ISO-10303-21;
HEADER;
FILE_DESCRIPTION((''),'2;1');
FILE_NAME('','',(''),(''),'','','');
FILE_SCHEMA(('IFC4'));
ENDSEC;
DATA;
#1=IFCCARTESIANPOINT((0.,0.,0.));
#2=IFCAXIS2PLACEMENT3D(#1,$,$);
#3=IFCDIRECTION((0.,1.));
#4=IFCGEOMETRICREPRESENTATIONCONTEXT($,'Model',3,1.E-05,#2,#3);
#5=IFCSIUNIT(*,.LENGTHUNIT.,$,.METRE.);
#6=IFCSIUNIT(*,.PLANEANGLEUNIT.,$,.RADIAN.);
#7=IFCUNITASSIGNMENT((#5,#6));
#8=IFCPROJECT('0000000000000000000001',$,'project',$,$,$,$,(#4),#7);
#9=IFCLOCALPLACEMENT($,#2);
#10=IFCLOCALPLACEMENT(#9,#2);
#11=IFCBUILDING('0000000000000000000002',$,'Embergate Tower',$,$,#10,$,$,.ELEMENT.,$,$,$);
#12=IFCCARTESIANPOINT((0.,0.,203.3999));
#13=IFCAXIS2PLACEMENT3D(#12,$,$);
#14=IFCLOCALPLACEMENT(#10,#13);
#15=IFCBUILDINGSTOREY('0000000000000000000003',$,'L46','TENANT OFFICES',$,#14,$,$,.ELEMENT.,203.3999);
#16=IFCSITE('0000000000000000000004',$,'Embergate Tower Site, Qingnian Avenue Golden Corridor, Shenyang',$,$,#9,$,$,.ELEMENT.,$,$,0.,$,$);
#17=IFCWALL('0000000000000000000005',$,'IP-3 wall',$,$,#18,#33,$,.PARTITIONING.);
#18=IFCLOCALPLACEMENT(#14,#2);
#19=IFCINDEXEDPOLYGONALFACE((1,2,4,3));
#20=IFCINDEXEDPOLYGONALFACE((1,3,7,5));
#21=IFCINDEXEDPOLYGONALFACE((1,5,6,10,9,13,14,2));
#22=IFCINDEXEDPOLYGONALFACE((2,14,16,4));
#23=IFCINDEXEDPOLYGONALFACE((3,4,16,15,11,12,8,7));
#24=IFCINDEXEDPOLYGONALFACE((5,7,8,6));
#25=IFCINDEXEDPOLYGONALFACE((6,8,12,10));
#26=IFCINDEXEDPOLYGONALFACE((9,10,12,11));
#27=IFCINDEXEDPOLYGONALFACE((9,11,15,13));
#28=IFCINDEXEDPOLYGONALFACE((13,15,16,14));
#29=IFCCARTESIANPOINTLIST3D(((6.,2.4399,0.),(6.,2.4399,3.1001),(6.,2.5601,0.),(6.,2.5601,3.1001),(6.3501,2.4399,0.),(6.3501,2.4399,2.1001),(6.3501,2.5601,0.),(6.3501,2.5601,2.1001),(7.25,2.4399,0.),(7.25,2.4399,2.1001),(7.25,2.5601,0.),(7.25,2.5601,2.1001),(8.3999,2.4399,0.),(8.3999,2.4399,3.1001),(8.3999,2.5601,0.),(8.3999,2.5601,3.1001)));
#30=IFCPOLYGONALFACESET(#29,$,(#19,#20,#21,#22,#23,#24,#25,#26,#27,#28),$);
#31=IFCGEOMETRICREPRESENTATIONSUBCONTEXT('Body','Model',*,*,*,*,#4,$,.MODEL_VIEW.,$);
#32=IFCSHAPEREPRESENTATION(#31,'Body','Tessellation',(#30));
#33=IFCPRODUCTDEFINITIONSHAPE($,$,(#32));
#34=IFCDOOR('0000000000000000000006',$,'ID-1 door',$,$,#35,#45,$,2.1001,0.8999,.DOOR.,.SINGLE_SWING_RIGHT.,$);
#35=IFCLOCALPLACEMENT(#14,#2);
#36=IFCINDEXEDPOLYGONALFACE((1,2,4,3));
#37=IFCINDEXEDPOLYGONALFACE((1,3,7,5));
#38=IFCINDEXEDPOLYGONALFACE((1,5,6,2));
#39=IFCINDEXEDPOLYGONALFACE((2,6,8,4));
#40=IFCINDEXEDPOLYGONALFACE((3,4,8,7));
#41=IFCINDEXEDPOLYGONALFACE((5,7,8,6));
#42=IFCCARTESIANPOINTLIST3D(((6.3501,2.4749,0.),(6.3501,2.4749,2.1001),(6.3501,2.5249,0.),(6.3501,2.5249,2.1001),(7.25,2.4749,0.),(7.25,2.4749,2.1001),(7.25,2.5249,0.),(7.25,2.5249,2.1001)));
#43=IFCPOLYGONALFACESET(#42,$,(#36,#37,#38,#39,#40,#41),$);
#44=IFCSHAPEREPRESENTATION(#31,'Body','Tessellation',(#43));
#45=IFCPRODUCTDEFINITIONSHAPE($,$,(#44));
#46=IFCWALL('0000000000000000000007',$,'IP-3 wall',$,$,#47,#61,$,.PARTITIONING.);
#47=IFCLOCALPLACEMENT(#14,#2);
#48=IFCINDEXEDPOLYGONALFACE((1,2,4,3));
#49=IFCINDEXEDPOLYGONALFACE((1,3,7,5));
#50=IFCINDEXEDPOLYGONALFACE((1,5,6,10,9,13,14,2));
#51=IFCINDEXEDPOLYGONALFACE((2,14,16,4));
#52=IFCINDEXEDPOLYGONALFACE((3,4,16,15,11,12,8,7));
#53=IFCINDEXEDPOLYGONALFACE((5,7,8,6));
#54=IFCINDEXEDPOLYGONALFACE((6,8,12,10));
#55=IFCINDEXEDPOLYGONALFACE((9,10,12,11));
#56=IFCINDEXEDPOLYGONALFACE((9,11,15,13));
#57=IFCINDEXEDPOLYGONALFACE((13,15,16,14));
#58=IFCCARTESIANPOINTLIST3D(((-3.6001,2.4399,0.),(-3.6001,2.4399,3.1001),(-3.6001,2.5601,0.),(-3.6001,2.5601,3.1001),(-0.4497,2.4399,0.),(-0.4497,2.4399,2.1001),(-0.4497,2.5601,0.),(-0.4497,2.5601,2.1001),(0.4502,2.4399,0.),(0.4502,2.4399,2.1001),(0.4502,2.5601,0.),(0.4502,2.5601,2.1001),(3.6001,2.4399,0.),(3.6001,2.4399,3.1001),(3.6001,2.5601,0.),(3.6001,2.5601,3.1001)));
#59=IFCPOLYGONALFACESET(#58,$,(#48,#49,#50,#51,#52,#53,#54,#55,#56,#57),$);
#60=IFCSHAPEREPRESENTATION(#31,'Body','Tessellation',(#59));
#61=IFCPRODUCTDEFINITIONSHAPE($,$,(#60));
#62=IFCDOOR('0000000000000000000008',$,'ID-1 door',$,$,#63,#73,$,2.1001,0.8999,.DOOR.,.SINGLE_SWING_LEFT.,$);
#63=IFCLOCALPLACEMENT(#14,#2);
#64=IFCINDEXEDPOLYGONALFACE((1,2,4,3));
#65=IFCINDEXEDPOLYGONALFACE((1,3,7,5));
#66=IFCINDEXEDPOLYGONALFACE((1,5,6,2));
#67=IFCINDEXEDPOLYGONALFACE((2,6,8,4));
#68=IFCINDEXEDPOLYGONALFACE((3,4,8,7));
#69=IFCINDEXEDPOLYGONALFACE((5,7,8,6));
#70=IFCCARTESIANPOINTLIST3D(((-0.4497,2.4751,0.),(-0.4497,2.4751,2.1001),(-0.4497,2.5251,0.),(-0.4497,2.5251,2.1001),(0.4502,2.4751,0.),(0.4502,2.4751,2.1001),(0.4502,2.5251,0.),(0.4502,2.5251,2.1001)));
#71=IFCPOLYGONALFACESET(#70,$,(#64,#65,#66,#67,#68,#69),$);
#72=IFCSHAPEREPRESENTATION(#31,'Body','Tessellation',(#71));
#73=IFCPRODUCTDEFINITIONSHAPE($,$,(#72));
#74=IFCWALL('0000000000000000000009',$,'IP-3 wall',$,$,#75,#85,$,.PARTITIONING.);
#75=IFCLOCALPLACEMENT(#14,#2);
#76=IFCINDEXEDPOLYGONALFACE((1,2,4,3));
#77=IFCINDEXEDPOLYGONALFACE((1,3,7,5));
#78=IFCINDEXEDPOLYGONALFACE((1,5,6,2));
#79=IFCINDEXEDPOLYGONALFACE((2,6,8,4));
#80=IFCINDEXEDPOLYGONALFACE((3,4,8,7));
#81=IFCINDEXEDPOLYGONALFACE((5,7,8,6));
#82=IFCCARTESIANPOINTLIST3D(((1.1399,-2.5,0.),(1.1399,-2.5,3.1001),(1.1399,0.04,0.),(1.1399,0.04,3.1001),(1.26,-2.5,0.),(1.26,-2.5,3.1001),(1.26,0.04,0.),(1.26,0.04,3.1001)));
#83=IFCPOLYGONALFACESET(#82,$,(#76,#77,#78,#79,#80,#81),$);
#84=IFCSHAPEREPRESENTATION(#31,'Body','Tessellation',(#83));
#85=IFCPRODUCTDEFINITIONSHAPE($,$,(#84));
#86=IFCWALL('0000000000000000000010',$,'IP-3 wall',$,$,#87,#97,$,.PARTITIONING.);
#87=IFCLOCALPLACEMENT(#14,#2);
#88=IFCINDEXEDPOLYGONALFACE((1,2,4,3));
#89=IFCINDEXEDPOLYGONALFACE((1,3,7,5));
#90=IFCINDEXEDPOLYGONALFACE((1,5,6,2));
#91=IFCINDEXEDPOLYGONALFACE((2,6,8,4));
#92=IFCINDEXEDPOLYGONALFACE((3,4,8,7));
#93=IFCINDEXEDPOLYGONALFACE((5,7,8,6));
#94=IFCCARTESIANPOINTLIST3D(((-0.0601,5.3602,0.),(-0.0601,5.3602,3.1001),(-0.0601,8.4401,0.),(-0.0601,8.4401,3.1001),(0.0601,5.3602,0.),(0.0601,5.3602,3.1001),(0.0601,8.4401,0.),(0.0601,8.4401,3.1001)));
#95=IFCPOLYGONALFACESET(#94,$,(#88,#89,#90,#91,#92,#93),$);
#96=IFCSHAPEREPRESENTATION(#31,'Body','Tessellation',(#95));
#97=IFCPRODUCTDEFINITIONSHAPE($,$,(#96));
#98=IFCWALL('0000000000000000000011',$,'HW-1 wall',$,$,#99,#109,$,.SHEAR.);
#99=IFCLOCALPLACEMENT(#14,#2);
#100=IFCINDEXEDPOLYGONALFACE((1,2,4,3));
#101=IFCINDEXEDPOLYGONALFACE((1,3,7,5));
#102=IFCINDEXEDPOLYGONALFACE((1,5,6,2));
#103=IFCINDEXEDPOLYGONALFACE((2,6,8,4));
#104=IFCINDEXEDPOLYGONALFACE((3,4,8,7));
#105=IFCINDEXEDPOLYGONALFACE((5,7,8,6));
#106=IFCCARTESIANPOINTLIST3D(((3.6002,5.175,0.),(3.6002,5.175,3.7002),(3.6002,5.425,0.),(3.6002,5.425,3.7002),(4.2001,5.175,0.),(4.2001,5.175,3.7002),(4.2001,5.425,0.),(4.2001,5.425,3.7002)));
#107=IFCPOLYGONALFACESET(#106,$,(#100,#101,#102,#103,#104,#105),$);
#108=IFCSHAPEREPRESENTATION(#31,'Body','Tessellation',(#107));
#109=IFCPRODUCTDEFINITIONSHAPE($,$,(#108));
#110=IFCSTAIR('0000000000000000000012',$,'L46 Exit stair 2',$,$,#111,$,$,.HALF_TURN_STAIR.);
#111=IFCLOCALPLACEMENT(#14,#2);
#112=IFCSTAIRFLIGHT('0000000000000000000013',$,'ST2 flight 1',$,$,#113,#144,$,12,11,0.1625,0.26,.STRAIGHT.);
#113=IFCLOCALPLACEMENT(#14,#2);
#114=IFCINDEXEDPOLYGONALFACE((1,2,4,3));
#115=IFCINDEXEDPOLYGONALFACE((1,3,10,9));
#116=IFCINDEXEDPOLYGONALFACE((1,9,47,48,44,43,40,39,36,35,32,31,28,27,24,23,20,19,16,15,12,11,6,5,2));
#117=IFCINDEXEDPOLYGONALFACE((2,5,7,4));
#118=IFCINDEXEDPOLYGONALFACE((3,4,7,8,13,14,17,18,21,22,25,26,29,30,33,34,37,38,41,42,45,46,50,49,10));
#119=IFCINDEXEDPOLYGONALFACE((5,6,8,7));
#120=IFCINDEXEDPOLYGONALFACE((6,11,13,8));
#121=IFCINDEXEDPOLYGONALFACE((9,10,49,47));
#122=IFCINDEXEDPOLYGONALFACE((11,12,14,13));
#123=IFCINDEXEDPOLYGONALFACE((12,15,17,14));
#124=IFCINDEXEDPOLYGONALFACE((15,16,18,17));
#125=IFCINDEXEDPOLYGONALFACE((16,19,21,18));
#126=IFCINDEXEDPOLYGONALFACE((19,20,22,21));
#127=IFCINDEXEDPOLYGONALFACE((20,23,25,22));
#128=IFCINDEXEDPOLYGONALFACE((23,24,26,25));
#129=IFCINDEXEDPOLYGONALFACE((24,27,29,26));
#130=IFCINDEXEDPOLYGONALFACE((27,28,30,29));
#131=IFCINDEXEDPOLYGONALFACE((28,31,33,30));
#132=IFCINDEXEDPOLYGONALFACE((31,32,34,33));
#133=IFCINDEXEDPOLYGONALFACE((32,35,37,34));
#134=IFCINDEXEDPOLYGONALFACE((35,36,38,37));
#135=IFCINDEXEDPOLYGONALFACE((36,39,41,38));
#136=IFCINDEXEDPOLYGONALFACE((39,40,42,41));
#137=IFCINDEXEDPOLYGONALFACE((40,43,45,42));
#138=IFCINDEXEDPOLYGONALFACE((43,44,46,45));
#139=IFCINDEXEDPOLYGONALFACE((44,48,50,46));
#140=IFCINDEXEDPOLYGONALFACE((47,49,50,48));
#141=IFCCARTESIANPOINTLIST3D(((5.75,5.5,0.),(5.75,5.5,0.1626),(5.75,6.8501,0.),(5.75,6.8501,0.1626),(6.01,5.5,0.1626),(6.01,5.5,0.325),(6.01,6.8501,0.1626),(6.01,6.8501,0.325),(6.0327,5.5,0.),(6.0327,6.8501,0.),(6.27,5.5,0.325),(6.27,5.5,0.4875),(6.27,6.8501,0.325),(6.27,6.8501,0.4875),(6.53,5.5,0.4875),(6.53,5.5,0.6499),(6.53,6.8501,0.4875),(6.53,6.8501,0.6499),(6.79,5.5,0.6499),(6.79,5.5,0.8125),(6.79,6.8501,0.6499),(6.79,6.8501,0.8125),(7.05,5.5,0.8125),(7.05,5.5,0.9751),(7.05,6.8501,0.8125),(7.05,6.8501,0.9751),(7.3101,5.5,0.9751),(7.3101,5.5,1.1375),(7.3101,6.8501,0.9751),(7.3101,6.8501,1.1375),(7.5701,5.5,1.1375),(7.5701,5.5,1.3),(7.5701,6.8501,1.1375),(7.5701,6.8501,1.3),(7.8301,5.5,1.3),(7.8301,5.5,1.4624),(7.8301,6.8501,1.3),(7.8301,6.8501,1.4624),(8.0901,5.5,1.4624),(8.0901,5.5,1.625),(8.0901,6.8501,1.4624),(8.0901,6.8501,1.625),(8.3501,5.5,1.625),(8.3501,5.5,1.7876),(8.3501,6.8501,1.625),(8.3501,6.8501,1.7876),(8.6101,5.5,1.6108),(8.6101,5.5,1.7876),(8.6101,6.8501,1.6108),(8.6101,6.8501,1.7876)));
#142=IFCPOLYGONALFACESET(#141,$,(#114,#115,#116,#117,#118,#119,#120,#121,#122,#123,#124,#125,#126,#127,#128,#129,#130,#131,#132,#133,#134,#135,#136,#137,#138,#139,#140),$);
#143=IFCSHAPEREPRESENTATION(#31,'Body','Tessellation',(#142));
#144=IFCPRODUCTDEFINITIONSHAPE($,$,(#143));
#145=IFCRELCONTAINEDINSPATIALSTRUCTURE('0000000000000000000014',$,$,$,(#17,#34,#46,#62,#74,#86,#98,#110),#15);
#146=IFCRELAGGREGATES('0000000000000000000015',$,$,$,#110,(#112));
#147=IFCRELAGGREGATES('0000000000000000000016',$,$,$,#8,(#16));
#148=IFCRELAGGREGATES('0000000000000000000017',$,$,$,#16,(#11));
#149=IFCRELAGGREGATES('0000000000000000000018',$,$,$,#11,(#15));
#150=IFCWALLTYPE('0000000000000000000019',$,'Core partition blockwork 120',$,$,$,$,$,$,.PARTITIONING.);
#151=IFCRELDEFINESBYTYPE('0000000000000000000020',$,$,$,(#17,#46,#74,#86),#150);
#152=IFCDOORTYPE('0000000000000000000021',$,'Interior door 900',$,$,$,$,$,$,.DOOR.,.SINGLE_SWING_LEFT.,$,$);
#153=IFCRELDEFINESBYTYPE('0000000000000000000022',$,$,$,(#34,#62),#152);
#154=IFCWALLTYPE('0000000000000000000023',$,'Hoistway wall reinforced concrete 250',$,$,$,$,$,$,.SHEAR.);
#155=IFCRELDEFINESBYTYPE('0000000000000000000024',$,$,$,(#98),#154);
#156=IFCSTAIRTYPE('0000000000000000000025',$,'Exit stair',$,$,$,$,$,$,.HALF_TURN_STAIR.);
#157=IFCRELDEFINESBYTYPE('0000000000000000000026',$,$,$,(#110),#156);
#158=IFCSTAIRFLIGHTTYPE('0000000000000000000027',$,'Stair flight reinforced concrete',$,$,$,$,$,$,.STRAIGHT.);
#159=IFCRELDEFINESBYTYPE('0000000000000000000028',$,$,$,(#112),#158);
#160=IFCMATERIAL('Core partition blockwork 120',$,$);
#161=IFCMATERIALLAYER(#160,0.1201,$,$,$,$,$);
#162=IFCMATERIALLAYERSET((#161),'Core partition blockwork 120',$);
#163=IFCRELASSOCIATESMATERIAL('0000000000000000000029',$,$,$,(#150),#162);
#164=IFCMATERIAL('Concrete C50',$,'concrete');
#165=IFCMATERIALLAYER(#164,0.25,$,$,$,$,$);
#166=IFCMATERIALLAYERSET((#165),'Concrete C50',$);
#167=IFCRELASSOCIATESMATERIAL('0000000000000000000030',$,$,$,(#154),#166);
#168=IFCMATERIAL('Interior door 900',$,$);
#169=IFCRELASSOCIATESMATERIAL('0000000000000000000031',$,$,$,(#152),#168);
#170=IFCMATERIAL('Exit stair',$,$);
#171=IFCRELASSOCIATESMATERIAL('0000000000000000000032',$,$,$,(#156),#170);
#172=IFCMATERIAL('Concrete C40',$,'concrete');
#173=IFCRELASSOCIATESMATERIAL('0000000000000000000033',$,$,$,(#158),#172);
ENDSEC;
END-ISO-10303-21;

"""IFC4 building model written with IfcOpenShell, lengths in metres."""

from ifc_helpers import new_model, si_unit, direction, frame, frame_2d, origin, place, context, subcontext, project, spatial, polyline, rectangle, outline, extrude, source, transform, mapped, material, layer, layer_set, type_object, element, fill, aggregate, save


model = new_model("IFC4")

# Units and contexts
model_context = context("Model", 3, precision=1e-05, world=origin(), true_north=direction((0.0, 1.0)))
body_context = subcontext(model_context, "Body", "Model", "MODEL_VIEW")
ifc_project = project(units=[si_unit("LENGTHUNIT", "METRE"), si_unit("PLANEANGLEUNIT", "RADIAN")], contexts=[model_context])

# Site, building, storey
site_placement = place(None, origin())
site = spatial("IfcSite", under=ifc_project, at=site_placement, Name="Embergate Tower Site, Qingnian Avenue Golden Corridor, Shenyang", CompositionType="ELEMENT", RefElevation=0.0)
building_placement = place(site_placement, origin())
building = spatial("IfcBuilding", under=site, at=building_placement, Name="Embergate Tower", CompositionType="ELEMENT")
storey_placement = place(building_placement, frame((0.0, 0.0, 203.3999)))
storey = spatial("IfcBuildingStorey", under=building, at=storey_placement, Name="L46", Description="TENANT OFFICES", CompositionType="ELEMENT", Elevation=203.3999)

# Shared definitions
ifc_material_1 = material(Name="Core partition blockwork 120")
ifc_layer_1 = layer(ifc_material_1, 0.1201)
ifc_layer_set_1 = layer_set([ifc_layer_1], Name="Core partition blockwork 120")
wall_type_1 = type_object("IfcWallType", Name="Core partition blockwork 120", PredefinedType="PARTITIONING", material=ifc_layer_set_1)

# Shared definitions
ifc_material_2 = material(Name="Concrete C50", Category="concrete")
ifc_layer_2 = layer(ifc_material_2, 0.25)
ifc_layer_set_2 = layer_set([ifc_layer_2], Name="Concrete C50")
wall_type_2 = type_object("IfcWallType", Name="Hoistway wall reinforced concrete 250", PredefinedType="SHEAR", material=ifc_layer_set_2)

# Walls, openings, doors
shared_shape_1 = source(origin(), body_context, "Body", "SweptSolid", [
    extrude(rectangle(XDim=2.3999, YDim=0.1201, at=frame_2d((1.2, 0.0))), origin(), (0.0, 0.0, 1.0), 3.1001),
])
wall_1_placement = place(storey_placement, frame((6.0, 2.5, 0.0), z_axis=(0.0, 0.0, 1.0), x_axis=(1.0, 0.0, 0.0)))
wall_1 = element("IfcWall", 1, at=wall_1_placement, inside=storey, type_object=wall_type_1, Name="IP-3 wall", PredefinedType="PARTITIONING", context=body_context, shape_type="MappedRepresentation", body=[
    mapped(shared_shape_1, transform((0.0, 0.0, 0.0))),
])
shared_shape_2 = source(origin(), body_context, "Body", "SweptSolid", [
    extrude(rectangle(XDim=0.8999, YDim=2.1001, at=frame_2d((0.45, 1.05))), frame((0.0, 0.0701, 0.0), z_axis=(0.0, -1.0, 0.0), x_axis=(1.0, 0.0, 0.0)), (0.0, 0.0, 1.0), 0.1401),
])
opening_1_placement = place(wall_1_placement, frame((0.3501, 0.0, 0.0)))
opening_1 = element("IfcOpeningElement", 2, at=opening_1_placement, cuts=wall_1, PredefinedType="OPENING", context=body_context, shape_type="MappedRepresentation", body=[
    mapped(shared_shape_2, transform((0.0, 0.0, 0.0))),
])
ifc_material_3 = material(Name="Interior door 900")
door_type_1 = type_object("IfcDoorType", Name="Interior door 900", OperationType="SINGLE_SWING_LEFT", PredefinedType="DOOR", material=ifc_material_3)
shared_shape_3 = source(origin(), body_context, "Body", "SweptSolid", [
    extrude(rectangle(XDim=0.8999, YDim=2.1001, at=frame_2d((0.45, 1.05))), frame((0.0, 0.0249, 0.0), z_axis=(0.0, -1.0, 0.0), x_axis=(1.0, 0.0, 0.0)), (0.0, 0.0, 1.0), 0.05),
])
door_1_placement = place(opening_1_placement, origin())
door_1 = element("IfcDoor", 3, at=door_1_placement, inside=storey, type_object=door_type_1, Name="ID-1 door", OperationType="SINGLE_SWING_RIGHT", OverallHeight=2.1001, OverallWidth=0.8999, PredefinedType="DOOR", context=body_context, shape_type="MappedRepresentation", body=[
    mapped(shared_shape_3, transform((0.0, 0.0, 0.0))),
])
fill(opening_1, door_1)
shared_shape_4 = source(origin(), body_context, "Body", "SweptSolid", [
    extrude(rectangle(XDim=7.2002, YDim=0.1201, at=frame_2d((3.6001, 0.0))), origin(), (0.0, 0.0, 1.0), 3.1001),
])
wall_2_placement = place(storey_placement, frame((3.6001, 2.5, 0.0), z_axis=(0.0, 0.0, 1.0), x_axis=(-1.0, 0.0, 0.0)))
wall_2 = element("IfcWall", 4, at=wall_2_placement, inside=storey, type_object=wall_type_1, Name="IP-3 wall", PredefinedType="PARTITIONING", context=body_context, shape_type="MappedRepresentation", body=[
    mapped(shared_shape_4, transform((0.0, 0.0, 0.0))),
])
opening_2_placement = place(wall_2_placement, frame((3.1499, 0.0, 0.0)))
opening_2 = element("IfcOpeningElement", 5, at=opening_2_placement, cuts=wall_2, PredefinedType="OPENING", context=body_context, shape_type="MappedRepresentation", body=[
    mapped(shared_shape_2, transform((0.0, 0.0, 0.0))),
])
door_2_placement = place(opening_2_placement, origin())
door_2 = element("IfcDoor", 6, at=door_2_placement, inside=storey, type_object=door_type_1, Name="ID-1 door", OperationType="SINGLE_SWING_LEFT", OverallHeight=2.1001, OverallWidth=0.8999, PredefinedType="DOOR", context=body_context, shape_type="MappedRepresentation", body=[
    mapped(shared_shape_3, transform((0.0, 0.0, 0.0))),
])
fill(opening_2, door_2)

# Walls
shared_shape_5 = source(origin(), body_context, "Body", "SweptSolid", [
    extrude(rectangle(XDim=2.54, YDim=0.1201, at=frame_2d((1.27, 0.0))), origin(), (0.0, 0.0, 1.0), 3.1001),
])
wall_3_placement = place(storey_placement, frame((1.2, 0.04, 0.0), z_axis=(0.0, 0.0, 1.0), x_axis=(0.0, -1.0, 0.0)))
element("IfcWall", 7, at=wall_3_placement, inside=storey, type_object=wall_type_1, Name="IP-3 wall", PredefinedType="PARTITIONING", context=body_context, shape_type="MappedRepresentation", body=[
    mapped(shared_shape_5, transform((0.0, 0.0, 0.0))),
])
shared_shape_6 = source(origin(), body_context, "Body", "SweptSolid", [
    extrude(rectangle(XDim=3.0798, YDim=0.1201, at=frame_2d((1.54, 0.0))), origin(), (0.0, 0.0, 1.0), 3.1001),
])
wall_4_placement = place(storey_placement, frame((0.0, 5.3601, 0.0), z_axis=(0.0, 0.0, 1.0), x_axis=(0.0, 1.0, 0.0)))
element("IfcWall", 8, at=wall_4_placement, inside=storey, type_object=wall_type_1, Name="IP-3 wall", PredefinedType="PARTITIONING", context=body_context, shape_type="MappedRepresentation", body=[
    mapped(shared_shape_6, transform((0.0, 0.0, 0.0))),
])
shared_shape_7 = source(origin(), body_context, "Body", "SweptSolid", [
    extrude(rectangle(XDim=0.5999, YDim=0.25, at=frame_2d((0.2998, 0.0))), origin(), (0.0, 0.0, 1.0), 3.7002),
])
wall_5_placement = place(storey_placement, frame((4.2, 5.3, 0.0), z_axis=(0.0, 0.0, 1.0), x_axis=(-1.0, 0.0, 0.0)))
element("IfcWall", 9, at=wall_5_placement, inside=storey, type_object=wall_type_2, Name="HW-1 wall", PredefinedType="SHEAR", context=body_context, shape_type="MappedRepresentation", body=[
    mapped(shared_shape_7, transform((0.0, 0.0, 0.0))),
])

# Stair, stair flight
ifc_material_4 = material(Name="Exit stair")
stair_type = type_object("IfcStairType", Name="Exit stair", PredefinedType="HALF_TURN_STAIR", material=ifc_material_4)
stair_placement = place(storey_placement, origin())
stair = element("IfcStair", 10, at=stair_placement, inside=storey, type_object=stair_type, Name="L46 Exit stair 2", PredefinedType="HALF_TURN_STAIR")
ifc_material_5 = material(Name="Concrete C40", Category="concrete")
stair_flight_type = type_object("IfcStairFlightType", Name="Stair flight reinforced concrete", PredefinedType="STRAIGHT", material=ifc_material_5)
shared_shape_8 = source(origin(), body_context, "Body", "SweptSolid", [
    extrude(outline(polyline([(0.0, 0.0), (0.0, 0.1626), (0.26, 0.1626), (0.26, 0.325), (0.52, 0.325), (0.52, 0.4875), (0.78, 0.4875), (0.78, 0.6499), (1.04, 0.6499), (1.04, 0.8125), (1.3, 0.8125), (1.3, 0.9751), (1.5601, 0.9751), (1.5601, 1.1375), (1.8201, 1.1375), (1.8201, 1.3), (2.0801, 1.3), (2.0801, 1.4624), (2.3401, 1.4624), (2.3401, 1.625), (2.6001, 1.625), (2.6001, 1.7876), (2.8601, 1.7876), (2.8601, 1.95), (2.8601, 1.6108), (0.2827, 0.0), (0.0, 0.0)])), frame((0.0, 0.675, 0.0), z_axis=(0.0, -1.0, 0.0), x_axis=(1.0, 0.0, 0.0)), (0.0, 0.0, 1.0), 1.3501),
])
stair_flight_placement = place(storey_placement, frame((5.75, 6.175, 0.0), z_axis=(0.0, 0.0, 1.0), x_axis=(1.0, 0.0, 0.0)))
stair_flight = element("IfcStairFlight", 11, at=stair_flight_placement, type_object=stair_flight_type, Name="ST2 flight 1", NumberOfRisers=12, NumberOfTreads=11, PredefinedType="STRAIGHT", RiserHeight=0.1625, TreadLength=0.26, context=body_context, shape_type="MappedRepresentation", body=[
    mapped(shared_shape_8, transform((0.0, 0.0, 0.0))),
])
aggregate(stair, [stair_flight])

save(model, "model.ifc")
